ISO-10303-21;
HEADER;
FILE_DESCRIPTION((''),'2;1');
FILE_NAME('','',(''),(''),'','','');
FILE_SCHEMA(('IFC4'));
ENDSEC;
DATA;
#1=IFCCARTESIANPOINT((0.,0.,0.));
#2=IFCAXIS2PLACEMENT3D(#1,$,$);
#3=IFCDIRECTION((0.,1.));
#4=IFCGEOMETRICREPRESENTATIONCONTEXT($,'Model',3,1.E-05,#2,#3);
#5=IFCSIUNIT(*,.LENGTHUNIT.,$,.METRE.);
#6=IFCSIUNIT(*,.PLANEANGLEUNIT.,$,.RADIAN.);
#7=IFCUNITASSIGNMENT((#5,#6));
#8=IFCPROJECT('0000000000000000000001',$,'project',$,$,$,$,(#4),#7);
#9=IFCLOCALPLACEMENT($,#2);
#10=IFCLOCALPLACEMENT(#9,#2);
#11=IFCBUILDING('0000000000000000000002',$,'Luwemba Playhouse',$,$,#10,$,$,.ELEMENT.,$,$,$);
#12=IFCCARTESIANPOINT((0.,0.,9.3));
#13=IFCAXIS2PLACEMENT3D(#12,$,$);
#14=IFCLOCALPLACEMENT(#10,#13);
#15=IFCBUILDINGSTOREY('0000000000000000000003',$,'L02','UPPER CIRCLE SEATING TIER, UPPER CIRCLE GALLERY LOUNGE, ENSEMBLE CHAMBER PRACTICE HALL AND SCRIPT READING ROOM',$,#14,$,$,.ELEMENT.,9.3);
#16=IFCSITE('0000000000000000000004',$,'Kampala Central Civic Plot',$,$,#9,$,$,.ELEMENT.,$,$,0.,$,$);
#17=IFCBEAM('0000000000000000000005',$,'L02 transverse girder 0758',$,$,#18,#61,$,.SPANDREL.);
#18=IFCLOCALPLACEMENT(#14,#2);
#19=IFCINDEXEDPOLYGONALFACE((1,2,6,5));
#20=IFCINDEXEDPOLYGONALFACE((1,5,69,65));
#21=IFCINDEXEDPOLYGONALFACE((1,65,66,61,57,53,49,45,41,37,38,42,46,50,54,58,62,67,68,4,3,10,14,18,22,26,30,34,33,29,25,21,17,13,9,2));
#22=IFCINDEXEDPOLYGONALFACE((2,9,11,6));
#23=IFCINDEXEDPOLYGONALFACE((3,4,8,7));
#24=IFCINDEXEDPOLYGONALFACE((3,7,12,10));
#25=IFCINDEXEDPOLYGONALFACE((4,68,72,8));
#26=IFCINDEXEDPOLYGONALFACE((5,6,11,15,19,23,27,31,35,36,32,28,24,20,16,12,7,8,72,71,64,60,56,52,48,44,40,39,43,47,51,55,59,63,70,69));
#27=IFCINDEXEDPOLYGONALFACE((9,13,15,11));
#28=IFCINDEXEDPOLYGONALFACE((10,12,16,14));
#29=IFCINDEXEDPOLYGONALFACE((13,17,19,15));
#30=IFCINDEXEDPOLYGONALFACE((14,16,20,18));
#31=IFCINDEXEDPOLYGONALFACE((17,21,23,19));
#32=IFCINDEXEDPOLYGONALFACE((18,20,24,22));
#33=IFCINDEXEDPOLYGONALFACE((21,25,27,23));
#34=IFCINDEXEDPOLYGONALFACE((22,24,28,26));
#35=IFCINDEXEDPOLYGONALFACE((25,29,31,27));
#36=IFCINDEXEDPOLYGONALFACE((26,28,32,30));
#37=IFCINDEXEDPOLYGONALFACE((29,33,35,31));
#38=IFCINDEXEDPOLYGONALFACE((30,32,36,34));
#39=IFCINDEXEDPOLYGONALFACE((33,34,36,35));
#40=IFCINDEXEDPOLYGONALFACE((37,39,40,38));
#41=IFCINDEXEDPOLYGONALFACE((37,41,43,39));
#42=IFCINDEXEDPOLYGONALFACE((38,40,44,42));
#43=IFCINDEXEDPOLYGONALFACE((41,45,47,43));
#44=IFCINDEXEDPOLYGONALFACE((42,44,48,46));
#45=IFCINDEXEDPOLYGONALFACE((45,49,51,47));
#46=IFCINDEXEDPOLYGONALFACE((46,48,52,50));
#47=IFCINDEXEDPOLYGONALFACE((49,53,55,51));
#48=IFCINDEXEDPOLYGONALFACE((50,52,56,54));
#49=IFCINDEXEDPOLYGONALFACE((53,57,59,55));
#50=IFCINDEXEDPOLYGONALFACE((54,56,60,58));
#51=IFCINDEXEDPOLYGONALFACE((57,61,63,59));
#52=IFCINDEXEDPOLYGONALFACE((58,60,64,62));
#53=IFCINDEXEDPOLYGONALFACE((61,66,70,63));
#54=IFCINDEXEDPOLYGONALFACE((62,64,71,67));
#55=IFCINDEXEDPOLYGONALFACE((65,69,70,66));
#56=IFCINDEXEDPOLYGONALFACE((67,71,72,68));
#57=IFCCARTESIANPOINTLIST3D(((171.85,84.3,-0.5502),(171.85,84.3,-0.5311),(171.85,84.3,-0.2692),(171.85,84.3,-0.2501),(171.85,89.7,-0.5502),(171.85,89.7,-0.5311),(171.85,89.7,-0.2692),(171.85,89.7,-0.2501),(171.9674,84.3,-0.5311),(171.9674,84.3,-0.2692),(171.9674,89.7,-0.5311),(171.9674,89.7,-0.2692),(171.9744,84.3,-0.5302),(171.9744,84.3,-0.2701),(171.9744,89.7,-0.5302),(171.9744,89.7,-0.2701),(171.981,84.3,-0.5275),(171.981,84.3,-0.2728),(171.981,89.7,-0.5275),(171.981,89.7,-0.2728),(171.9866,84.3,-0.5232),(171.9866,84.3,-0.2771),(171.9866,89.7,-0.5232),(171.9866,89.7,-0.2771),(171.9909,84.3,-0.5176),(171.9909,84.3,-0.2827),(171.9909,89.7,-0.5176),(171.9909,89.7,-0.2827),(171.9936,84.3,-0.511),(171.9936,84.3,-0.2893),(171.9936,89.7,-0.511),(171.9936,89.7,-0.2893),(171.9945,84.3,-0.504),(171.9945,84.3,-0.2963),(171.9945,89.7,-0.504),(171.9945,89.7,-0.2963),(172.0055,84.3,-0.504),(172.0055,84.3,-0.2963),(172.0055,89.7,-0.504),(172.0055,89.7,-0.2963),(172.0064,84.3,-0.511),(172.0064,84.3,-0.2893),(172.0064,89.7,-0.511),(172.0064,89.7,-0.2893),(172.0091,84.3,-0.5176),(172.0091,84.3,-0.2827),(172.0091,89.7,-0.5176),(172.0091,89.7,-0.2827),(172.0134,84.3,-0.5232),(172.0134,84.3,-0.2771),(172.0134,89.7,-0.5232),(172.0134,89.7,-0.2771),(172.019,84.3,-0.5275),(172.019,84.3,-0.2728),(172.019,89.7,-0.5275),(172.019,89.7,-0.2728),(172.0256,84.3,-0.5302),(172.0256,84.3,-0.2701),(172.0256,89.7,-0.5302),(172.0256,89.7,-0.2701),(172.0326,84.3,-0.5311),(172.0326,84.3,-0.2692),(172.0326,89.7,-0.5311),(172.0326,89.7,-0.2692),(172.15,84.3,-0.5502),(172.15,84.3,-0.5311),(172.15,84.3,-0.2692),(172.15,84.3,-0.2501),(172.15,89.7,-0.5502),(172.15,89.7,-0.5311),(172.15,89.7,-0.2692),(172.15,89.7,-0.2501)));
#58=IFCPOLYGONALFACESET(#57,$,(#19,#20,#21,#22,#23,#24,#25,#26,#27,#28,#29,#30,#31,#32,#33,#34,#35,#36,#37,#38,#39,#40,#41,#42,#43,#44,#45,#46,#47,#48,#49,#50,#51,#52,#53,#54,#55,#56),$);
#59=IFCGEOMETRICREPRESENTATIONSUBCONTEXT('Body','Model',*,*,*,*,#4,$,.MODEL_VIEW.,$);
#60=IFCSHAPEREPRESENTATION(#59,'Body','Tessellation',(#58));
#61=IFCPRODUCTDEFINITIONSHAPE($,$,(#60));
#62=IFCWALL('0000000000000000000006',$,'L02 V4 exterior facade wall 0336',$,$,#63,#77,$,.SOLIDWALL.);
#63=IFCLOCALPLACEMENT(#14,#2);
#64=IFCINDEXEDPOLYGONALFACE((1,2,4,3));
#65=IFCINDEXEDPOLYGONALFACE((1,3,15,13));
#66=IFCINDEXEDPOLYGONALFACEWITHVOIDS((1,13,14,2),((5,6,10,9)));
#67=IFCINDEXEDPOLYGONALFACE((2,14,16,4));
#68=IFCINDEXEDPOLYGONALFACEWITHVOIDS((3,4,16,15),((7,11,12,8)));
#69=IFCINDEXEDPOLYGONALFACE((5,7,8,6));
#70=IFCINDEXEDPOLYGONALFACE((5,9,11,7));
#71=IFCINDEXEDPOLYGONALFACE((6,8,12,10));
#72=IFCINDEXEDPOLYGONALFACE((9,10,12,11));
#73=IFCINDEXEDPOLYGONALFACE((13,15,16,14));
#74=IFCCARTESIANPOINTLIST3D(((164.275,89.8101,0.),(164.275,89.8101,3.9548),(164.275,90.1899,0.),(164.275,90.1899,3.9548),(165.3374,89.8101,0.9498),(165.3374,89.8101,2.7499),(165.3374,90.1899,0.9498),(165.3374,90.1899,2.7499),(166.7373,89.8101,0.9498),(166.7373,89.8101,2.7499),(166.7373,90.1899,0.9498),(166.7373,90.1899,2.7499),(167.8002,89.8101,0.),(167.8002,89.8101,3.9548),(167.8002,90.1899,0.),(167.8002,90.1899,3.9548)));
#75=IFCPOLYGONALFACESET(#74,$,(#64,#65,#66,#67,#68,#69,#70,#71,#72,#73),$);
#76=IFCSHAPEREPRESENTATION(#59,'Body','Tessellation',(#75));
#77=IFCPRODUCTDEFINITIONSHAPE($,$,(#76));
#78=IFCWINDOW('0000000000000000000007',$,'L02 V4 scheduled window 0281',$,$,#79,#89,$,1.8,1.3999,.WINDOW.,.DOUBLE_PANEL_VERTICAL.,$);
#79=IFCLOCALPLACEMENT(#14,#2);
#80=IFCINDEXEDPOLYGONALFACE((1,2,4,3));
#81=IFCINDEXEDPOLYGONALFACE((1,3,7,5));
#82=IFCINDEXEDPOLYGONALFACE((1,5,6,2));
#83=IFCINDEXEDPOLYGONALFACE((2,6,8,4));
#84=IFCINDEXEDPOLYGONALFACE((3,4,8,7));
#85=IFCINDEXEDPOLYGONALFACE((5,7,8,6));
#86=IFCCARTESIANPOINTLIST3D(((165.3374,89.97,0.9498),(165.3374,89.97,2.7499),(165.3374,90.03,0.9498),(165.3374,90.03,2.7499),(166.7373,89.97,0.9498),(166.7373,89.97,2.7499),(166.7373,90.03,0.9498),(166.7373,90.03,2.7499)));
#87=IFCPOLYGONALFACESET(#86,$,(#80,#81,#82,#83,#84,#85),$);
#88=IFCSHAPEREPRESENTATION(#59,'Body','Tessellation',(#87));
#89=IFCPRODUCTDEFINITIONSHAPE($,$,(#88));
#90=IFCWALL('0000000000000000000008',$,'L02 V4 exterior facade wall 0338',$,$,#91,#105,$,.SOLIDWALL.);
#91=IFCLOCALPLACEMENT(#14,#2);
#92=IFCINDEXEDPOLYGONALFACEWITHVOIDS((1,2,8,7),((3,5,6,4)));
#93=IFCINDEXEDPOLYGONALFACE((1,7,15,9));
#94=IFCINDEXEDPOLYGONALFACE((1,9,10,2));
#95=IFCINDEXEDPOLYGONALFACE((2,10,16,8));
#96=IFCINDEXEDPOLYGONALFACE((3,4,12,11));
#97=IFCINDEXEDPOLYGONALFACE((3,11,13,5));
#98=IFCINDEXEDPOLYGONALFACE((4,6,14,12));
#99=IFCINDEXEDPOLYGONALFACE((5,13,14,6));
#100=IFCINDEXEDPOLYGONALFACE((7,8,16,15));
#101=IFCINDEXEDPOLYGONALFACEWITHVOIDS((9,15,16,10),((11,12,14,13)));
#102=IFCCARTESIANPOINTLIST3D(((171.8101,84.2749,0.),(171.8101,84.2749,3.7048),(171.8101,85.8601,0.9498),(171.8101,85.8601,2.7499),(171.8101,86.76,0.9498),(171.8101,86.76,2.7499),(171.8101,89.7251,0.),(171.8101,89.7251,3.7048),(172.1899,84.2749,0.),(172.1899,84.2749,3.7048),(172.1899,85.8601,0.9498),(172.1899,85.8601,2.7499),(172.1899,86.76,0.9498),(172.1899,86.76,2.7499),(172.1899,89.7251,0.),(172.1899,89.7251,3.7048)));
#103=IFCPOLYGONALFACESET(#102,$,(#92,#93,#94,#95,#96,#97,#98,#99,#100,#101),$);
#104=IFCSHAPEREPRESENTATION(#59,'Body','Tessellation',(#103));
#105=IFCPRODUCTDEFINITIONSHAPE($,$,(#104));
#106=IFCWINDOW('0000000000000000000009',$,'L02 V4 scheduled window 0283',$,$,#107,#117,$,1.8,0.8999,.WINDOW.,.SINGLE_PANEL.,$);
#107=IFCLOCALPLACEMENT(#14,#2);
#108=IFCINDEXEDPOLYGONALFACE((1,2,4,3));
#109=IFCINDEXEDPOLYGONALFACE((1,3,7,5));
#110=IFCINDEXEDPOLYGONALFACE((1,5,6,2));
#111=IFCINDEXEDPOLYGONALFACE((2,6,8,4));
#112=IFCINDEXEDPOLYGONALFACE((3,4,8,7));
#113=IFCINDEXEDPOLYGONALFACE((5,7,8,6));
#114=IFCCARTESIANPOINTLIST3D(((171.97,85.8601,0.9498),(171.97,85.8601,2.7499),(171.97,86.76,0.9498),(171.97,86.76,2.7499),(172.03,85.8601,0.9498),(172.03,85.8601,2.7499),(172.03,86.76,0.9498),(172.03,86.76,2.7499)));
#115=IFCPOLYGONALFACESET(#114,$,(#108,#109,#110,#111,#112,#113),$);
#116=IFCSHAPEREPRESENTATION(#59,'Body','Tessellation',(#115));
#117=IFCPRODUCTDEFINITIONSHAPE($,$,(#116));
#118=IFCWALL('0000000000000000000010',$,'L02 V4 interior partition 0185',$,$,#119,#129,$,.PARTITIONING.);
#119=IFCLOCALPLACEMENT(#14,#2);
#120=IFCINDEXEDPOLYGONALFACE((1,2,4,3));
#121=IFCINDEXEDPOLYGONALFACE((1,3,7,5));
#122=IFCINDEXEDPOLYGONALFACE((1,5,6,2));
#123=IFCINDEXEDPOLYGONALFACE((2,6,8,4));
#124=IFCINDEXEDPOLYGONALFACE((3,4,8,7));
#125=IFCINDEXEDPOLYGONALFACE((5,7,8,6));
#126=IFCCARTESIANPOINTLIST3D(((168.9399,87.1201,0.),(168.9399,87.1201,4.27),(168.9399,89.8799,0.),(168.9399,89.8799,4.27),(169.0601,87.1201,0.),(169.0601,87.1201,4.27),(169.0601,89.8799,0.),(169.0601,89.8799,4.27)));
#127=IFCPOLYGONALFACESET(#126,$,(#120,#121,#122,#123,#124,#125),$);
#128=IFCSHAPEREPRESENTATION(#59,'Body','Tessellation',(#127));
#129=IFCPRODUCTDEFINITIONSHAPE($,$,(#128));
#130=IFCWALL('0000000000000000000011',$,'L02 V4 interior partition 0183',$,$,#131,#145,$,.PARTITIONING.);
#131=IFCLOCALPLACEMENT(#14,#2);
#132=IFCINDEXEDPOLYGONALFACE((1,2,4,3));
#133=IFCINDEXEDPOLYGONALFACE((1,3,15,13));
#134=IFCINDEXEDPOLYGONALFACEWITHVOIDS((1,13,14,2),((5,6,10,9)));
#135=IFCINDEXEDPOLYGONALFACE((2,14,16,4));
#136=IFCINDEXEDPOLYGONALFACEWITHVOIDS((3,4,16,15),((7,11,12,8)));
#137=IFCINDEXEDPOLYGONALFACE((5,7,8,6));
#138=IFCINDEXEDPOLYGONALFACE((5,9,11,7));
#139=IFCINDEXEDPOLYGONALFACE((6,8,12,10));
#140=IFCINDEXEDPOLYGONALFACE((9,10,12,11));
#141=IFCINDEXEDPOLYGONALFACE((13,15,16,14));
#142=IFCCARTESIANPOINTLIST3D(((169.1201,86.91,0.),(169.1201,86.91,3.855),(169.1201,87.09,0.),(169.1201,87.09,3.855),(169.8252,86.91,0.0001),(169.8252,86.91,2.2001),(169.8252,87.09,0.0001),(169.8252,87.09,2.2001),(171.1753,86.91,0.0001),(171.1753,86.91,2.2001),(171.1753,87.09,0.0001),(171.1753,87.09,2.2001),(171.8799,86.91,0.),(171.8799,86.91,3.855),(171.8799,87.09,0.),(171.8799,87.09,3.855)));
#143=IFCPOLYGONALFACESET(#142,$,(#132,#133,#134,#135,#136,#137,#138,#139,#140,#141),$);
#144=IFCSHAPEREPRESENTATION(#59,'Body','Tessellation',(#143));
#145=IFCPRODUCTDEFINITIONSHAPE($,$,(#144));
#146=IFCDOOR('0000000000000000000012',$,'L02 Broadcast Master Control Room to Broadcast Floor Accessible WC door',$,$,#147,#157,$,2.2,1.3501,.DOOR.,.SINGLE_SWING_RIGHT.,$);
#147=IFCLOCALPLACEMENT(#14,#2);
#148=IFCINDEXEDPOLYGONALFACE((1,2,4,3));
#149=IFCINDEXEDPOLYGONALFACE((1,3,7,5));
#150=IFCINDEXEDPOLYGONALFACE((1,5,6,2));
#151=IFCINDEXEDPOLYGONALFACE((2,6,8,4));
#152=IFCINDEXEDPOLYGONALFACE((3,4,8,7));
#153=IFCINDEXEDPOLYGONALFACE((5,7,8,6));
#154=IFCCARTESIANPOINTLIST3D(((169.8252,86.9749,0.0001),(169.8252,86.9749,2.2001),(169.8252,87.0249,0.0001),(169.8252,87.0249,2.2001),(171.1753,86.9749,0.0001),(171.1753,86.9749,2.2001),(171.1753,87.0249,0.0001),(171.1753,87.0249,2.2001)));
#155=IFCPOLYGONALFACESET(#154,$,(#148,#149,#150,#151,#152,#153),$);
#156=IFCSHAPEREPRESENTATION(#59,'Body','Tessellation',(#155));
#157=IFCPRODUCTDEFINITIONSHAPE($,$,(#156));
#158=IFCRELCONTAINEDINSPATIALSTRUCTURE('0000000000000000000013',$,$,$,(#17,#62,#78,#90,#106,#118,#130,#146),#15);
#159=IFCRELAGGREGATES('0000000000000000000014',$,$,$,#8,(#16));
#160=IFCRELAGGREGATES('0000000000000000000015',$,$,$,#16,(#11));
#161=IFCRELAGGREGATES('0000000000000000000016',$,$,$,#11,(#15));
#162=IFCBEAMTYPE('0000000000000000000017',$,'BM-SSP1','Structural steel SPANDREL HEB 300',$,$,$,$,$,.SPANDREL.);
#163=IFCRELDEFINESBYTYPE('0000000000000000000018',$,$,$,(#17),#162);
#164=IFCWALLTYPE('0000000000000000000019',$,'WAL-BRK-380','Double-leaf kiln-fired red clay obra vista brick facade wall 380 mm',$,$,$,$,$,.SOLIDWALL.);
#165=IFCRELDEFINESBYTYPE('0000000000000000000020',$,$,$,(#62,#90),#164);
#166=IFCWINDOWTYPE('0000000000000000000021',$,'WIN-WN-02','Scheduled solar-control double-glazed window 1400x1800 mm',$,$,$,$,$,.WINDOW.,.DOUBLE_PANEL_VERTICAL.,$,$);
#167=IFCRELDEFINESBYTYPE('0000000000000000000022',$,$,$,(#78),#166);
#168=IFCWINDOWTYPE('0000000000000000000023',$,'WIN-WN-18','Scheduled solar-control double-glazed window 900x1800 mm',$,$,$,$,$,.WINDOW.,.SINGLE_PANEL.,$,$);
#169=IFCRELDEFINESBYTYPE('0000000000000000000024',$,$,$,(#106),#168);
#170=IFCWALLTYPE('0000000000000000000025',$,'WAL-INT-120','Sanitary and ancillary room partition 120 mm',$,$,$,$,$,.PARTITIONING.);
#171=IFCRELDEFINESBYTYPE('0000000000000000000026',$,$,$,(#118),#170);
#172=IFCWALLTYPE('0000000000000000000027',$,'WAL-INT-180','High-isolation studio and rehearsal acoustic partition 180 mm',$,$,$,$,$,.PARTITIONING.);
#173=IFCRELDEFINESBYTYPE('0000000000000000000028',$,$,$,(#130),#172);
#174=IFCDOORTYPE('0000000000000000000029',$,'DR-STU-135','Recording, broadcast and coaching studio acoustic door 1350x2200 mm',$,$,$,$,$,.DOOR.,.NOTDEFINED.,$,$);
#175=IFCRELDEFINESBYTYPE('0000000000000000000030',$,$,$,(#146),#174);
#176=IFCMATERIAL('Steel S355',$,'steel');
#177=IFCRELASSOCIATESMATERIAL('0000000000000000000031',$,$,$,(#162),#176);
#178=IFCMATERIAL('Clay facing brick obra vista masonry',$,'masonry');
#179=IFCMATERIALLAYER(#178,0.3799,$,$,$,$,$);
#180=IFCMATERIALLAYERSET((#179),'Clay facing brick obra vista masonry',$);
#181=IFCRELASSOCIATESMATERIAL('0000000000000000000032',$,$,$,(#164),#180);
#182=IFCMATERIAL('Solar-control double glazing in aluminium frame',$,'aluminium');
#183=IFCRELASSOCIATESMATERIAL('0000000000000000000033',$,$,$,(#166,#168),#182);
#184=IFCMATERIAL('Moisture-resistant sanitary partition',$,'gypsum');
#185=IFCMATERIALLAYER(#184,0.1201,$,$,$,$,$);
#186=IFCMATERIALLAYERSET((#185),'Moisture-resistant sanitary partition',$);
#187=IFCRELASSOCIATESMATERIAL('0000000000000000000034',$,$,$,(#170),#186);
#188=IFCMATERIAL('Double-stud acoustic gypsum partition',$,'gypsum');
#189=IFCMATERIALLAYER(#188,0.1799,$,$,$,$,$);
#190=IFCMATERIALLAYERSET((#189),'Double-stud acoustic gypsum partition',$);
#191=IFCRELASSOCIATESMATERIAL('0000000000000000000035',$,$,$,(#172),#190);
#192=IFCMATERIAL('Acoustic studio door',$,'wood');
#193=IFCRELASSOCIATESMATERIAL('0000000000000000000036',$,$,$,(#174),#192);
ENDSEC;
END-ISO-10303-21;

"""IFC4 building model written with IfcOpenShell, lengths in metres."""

from ifc_helpers import new_model, si_unit, direction, frame, frame_2d, origin, origin_2d, place, context, subcontext, project, spatial, rectangle, i_section, extrude, material, layer, layer_set, material_profile, profile_set, type_object, element, fill, save


model = new_model("IFC4")

# Units and contexts
model_context = context("Model", 3, precision=1e-05, world=origin(), true_north=direction((0.0, 1.0)))
body_context = subcontext(model_context, "Body", "Model", "MODEL_VIEW")
ifc_project = project(units=[si_unit("LENGTHUNIT", "METRE"), si_unit("PLANEANGLEUNIT", "RADIAN")], contexts=[model_context])

# Site, building, storey
site_placement = place(None, origin())
site = spatial("IfcSite", under=ifc_project, at=site_placement, Name="Kampala Central Civic Plot", CompositionType="ELEMENT", RefElevation=0.0)
building_placement = place(site_placement, origin())
building = spatial("IfcBuilding", under=site, at=building_placement, Name="Luwemba Playhouse", CompositionType="ELEMENT")
storey_placement = place(building_placement, frame((0.0, 0.0, 9.3)))
storey = spatial("IfcBuildingStorey", under=building, at=storey_placement, Name="L02", Description="UPPER CIRCLE SEATING TIER, UPPER CIRCLE GALLERY LOUNGE, ENSEMBLE CHAMBER PRACTICE HALL AND SCRIPT READING ROOM", CompositionType="ELEMENT", Elevation=9.3)

# Beam
ifc_material_1 = material(Name="Steel S355", Category="steel")
ifc_material_profile_1 = material_profile(ifc_material_1, i_section(OverallWidth=0.3, OverallDepth=0.3, WebThickness=0.011, FlangeThickness=0.019, FilletRadius=0.0271, at=origin_2d()))
ifc_profile_set_1 = profile_set([ifc_material_profile_1], Name="Steel S355")
beam_type_1 = type_object("IfcBeamType", Name="BM-SSP1", Description="Structural steel SPANDREL HEB 300", PredefinedType="SPANDREL", material=ifc_profile_set_1)
beam_1_placement = place(storey_placement, frame((172.0, 84.3, -0.4001), z_axis=(0.0, 1.0, 0.0), x_axis=(-1.0, 0.0, 0.0)))
element("IfcBeam", 1, at=beam_1_placement, inside=storey, type_object=beam_type_1, Name="L02 transverse girder 0758", PredefinedType="SPANDREL", context=body_context, shape_type="SweptSolid", body=[
    extrude(i_section(OverallWidth=0.3, OverallDepth=0.3, WebThickness=0.011, FlangeThickness=0.019, FilletRadius=0.0271, at=origin_2d()), origin(), (0.0, 0.0, 1.0), 5.3999),
])

# Walls, openings, windows
ifc_material_2 = material(Name="Clay facing brick obra vista masonry", Category="masonry")
ifc_layer_1 = layer(ifc_material_2, 0.3799)
ifc_layer_set_1 = layer_set([ifc_layer_1], Name="Clay facing brick obra vista masonry")
wall_type_1 = type_object("IfcWallType", Name="WAL-BRK-380", Description="Double-leaf kiln-fired red clay obra vista brick facade wall 380 mm", PredefinedType="SOLIDWALL", material=ifc_layer_set_1)
wall_1_placement = place(storey_placement, frame((164.2749, 90.0, 0.0), z_axis=(0.0, 0.0, 1.0), x_axis=(1.0, 0.0, 0.0)))
wall_1 = element("IfcWall", 2, at=wall_1_placement, inside=storey, type_object=wall_type_1, Name="L02 V4 exterior facade wall 0336", PredefinedType="SOLIDWALL", context=body_context, shape_type="SweptSolid", body=[
    extrude(rectangle(XDim=3.5251, YDim=0.3799, at=frame_2d((1.7627, 0.0))), origin(), (0.0, 0.0, 1.0), 3.9548),
])
opening_1_placement = place(wall_1_placement, frame((1.0625, 0.0, 0.95)))
opening_1 = element("IfcOpeningElement", 3, at=opening_1_placement, cuts=wall_1, PredefinedType="OPENING", context=body_context, shape_type="SweptSolid", body=[
    extrude(rectangle(XDim=1.3999, YDim=1.8, at=frame_2d((0.7, 0.8999))), frame((0.0, 0.2, 0.0), z_axis=(0.0, -1.0, 0.0), x_axis=(1.0, 0.0, 0.0)), (0.0, 0.0, 1.0), 0.3999),
])
ifc_material_3 = material(Name="Solar-control double glazing in aluminium frame", Category="aluminium")
window_type_1 = type_object("IfcWindowType", Name="WIN-WN-02", Description="Scheduled solar-control double-glazed window 1400x1800 mm", PartitioningType="DOUBLE_PANEL_VERTICAL", PredefinedType="WINDOW", material=ifc_material_3)
window_1_placement = place(opening_1_placement, origin())
window_1 = element("IfcWindow", 4, at=window_1_placement, inside=storey, type_object=window_type_1, Name="L02 V4 scheduled window 0281", OverallHeight=1.8, OverallWidth=1.3999, PartitioningType="DOUBLE_PANEL_VERTICAL", PredefinedType="WINDOW", context=body_context, shape_type="SweptSolid", body=[
    extrude(rectangle(XDim=1.3999, YDim=1.8, at=frame_2d((0.7, 0.8999))), frame((0.0, 0.03, 0.0), z_axis=(0.0, -1.0, 0.0), x_axis=(1.0, 0.0, 0.0)), (0.0, 0.0, 1.0), 0.0601),
])
fill(opening_1, window_1)
wall_2_placement = place(storey_placement, frame((172.0, 89.7251, 0.0), z_axis=(0.0, 0.0, 1.0), x_axis=(0.0, -1.0, 0.0)))
wall_2 = element("IfcWall", 5, at=wall_2_placement, inside=storey, type_object=wall_type_1, Name="L02 V4 exterior facade wall 0338", PredefinedType="SOLIDWALL", context=body_context, shape_type="SweptSolid", body=[
    extrude(rectangle(XDim=5.4502, YDim=0.3799, at=frame_2d((2.7251, 0.0))), origin(), (0.0, 0.0, 1.0), 3.7048),
])
opening_2_placement = place(wall_2_placement, frame((2.9651, 0.0, 0.95)))
opening_2 = element("IfcOpeningElement", 6, at=opening_2_placement, cuts=wall_2, PredefinedType="OPENING", context=body_context, shape_type="SweptSolid", body=[
    extrude(rectangle(XDim=0.8999, YDim=1.8, at=frame_2d((0.45, 0.8999))), frame((0.0, 0.2, 0.0), z_axis=(0.0, -1.0, 0.0), x_axis=(1.0, 0.0, 0.0)), (0.0, 0.0, 1.0), 0.3999),
])
window_type_2 = type_object("IfcWindowType", Name="WIN-WN-18", Description="Scheduled solar-control double-glazed window 900x1800 mm", PartitioningType="SINGLE_PANEL", PredefinedType="WINDOW", material=ifc_material_3)
window_2_placement = place(opening_2_placement, origin())
window_2 = element("IfcWindow", 7, at=window_2_placement, inside=storey, type_object=window_type_2, Name="L02 V4 scheduled window 0283", OverallHeight=1.8, OverallWidth=0.8999, PartitioningType="SINGLE_PANEL", PredefinedType="WINDOW", context=body_context, shape_type="SweptSolid", body=[
    extrude(rectangle(XDim=0.8999, YDim=1.8, at=frame_2d((0.45, 0.8999))), frame((0.0, 0.03, 0.0), z_axis=(0.0, -1.0, 0.0), x_axis=(1.0, 0.0, 0.0)), (0.0, 0.0, 1.0), 0.0601),
])
fill(opening_2, window_2)

# Wall
ifc_material_4 = material(Name="Moisture-resistant sanitary partition", Category="gypsum")
ifc_layer_2 = layer(ifc_material_4, 0.1201)
ifc_layer_set_2 = layer_set([ifc_layer_2], Name="Moisture-resistant sanitary partition")
wall_type_2 = type_object("IfcWallType", Name="WAL-INT-120", Description="Sanitary and ancillary room partition 120 mm", PredefinedType="PARTITIONING", material=ifc_layer_set_2)
wall_3_placement = place(storey_placement, frame((169.0, 87.1201, 0.0), z_axis=(0.0, 0.0, 1.0), x_axis=(0.0, 1.0, 0.0)))
element("IfcWall", 8, at=wall_3_placement, inside=storey, type_object=wall_type_2, Name="L02 V4 interior partition 0185", PredefinedType="PARTITIONING", context=body_context, shape_type="SweptSolid", body=[
    extrude(rectangle(XDim=2.7598, YDim=0.1201, at=frame_2d((1.3799, 0.0))), origin(), (0.0, 0.0, 1.0), 4.27),
])

# Wall, opening, door
ifc_material_5 = material(Name="Double-stud acoustic gypsum partition", Category="gypsum")
ifc_layer_3 = layer(ifc_material_5, 0.1799)
ifc_layer_set_3 = layer_set([ifc_layer_3], Name="Double-stud acoustic gypsum partition")
wall_type_3 = type_object("IfcWallType", Name="WAL-INT-180", Description="High-isolation studio and rehearsal acoustic partition 180 mm", PredefinedType="PARTITIONING", material=ifc_layer_set_3)
wall_4_placement = place(storey_placement, frame((169.1201, 87.0, 0.0), z_axis=(0.0, 0.0, 1.0), x_axis=(1.0, 0.0, 0.0)))
wall_4 = element("IfcWall", 9, at=wall_4_placement, inside=storey, type_object=wall_type_3, Name="L02 V4 interior partition 0183", PredefinedType="PARTITIONING", context=body_context, shape_type="SweptSolid", body=[
    extrude(rectangle(XDim=2.7598, YDim=0.1799, at=frame_2d((1.3799, 0.0))), origin(), (0.0, 0.0, 1.0), 3.855),
])
opening_3_placement = place(wall_4_placement, frame((0.7051, 0.0, 0.0)))
opening_3 = element("IfcOpeningElement", 10, at=opening_3_placement, cuts=wall_4, PredefinedType="OPENING", context=body_context, shape_type="SweptSolid", body=[
    extrude(rectangle(XDim=1.3501, YDim=2.2, at=frame_2d((0.675, 1.1001))), frame((0.0, 0.0999, 0.0), z_axis=(0.0, -1.0, 0.0), x_axis=(1.0, 0.0, 0.0)), (0.0, 0.0, 1.0), 0.2),
])
ifc_material_6 = material(Name="Acoustic studio door", Category="wood")
door_type = type_object("IfcDoorType", Name="DR-STU-135", Description="Recording, broadcast and coaching studio acoustic door 1350x2200 mm", OperationType="NOTDEFINED", PredefinedType="DOOR", material=ifc_material_6)
door_placement = place(opening_3_placement, origin())
door = element("IfcDoor", 11, at=door_placement, inside=storey, type_object=door_type, Name="L02 Broadcast Master Control Room to Broadcast Floor Accessible WC door", OperationType="SINGLE_SWING_RIGHT", OverallHeight=2.2, OverallWidth=1.3501, PredefinedType="DOOR", context=body_context, shape_type="SweptSolid", body=[
    extrude(rectangle(XDim=1.3501, YDim=2.2, at=frame_2d((0.675, 1.1001))), frame((0.0, 0.0249, 0.0), z_axis=(0.0, -1.0, 0.0), x_axis=(1.0, 0.0, 0.0)), (0.0, 0.0, 1.0), 0.05),
])
fill(opening_3, door)

save(model, "model.ifc")
